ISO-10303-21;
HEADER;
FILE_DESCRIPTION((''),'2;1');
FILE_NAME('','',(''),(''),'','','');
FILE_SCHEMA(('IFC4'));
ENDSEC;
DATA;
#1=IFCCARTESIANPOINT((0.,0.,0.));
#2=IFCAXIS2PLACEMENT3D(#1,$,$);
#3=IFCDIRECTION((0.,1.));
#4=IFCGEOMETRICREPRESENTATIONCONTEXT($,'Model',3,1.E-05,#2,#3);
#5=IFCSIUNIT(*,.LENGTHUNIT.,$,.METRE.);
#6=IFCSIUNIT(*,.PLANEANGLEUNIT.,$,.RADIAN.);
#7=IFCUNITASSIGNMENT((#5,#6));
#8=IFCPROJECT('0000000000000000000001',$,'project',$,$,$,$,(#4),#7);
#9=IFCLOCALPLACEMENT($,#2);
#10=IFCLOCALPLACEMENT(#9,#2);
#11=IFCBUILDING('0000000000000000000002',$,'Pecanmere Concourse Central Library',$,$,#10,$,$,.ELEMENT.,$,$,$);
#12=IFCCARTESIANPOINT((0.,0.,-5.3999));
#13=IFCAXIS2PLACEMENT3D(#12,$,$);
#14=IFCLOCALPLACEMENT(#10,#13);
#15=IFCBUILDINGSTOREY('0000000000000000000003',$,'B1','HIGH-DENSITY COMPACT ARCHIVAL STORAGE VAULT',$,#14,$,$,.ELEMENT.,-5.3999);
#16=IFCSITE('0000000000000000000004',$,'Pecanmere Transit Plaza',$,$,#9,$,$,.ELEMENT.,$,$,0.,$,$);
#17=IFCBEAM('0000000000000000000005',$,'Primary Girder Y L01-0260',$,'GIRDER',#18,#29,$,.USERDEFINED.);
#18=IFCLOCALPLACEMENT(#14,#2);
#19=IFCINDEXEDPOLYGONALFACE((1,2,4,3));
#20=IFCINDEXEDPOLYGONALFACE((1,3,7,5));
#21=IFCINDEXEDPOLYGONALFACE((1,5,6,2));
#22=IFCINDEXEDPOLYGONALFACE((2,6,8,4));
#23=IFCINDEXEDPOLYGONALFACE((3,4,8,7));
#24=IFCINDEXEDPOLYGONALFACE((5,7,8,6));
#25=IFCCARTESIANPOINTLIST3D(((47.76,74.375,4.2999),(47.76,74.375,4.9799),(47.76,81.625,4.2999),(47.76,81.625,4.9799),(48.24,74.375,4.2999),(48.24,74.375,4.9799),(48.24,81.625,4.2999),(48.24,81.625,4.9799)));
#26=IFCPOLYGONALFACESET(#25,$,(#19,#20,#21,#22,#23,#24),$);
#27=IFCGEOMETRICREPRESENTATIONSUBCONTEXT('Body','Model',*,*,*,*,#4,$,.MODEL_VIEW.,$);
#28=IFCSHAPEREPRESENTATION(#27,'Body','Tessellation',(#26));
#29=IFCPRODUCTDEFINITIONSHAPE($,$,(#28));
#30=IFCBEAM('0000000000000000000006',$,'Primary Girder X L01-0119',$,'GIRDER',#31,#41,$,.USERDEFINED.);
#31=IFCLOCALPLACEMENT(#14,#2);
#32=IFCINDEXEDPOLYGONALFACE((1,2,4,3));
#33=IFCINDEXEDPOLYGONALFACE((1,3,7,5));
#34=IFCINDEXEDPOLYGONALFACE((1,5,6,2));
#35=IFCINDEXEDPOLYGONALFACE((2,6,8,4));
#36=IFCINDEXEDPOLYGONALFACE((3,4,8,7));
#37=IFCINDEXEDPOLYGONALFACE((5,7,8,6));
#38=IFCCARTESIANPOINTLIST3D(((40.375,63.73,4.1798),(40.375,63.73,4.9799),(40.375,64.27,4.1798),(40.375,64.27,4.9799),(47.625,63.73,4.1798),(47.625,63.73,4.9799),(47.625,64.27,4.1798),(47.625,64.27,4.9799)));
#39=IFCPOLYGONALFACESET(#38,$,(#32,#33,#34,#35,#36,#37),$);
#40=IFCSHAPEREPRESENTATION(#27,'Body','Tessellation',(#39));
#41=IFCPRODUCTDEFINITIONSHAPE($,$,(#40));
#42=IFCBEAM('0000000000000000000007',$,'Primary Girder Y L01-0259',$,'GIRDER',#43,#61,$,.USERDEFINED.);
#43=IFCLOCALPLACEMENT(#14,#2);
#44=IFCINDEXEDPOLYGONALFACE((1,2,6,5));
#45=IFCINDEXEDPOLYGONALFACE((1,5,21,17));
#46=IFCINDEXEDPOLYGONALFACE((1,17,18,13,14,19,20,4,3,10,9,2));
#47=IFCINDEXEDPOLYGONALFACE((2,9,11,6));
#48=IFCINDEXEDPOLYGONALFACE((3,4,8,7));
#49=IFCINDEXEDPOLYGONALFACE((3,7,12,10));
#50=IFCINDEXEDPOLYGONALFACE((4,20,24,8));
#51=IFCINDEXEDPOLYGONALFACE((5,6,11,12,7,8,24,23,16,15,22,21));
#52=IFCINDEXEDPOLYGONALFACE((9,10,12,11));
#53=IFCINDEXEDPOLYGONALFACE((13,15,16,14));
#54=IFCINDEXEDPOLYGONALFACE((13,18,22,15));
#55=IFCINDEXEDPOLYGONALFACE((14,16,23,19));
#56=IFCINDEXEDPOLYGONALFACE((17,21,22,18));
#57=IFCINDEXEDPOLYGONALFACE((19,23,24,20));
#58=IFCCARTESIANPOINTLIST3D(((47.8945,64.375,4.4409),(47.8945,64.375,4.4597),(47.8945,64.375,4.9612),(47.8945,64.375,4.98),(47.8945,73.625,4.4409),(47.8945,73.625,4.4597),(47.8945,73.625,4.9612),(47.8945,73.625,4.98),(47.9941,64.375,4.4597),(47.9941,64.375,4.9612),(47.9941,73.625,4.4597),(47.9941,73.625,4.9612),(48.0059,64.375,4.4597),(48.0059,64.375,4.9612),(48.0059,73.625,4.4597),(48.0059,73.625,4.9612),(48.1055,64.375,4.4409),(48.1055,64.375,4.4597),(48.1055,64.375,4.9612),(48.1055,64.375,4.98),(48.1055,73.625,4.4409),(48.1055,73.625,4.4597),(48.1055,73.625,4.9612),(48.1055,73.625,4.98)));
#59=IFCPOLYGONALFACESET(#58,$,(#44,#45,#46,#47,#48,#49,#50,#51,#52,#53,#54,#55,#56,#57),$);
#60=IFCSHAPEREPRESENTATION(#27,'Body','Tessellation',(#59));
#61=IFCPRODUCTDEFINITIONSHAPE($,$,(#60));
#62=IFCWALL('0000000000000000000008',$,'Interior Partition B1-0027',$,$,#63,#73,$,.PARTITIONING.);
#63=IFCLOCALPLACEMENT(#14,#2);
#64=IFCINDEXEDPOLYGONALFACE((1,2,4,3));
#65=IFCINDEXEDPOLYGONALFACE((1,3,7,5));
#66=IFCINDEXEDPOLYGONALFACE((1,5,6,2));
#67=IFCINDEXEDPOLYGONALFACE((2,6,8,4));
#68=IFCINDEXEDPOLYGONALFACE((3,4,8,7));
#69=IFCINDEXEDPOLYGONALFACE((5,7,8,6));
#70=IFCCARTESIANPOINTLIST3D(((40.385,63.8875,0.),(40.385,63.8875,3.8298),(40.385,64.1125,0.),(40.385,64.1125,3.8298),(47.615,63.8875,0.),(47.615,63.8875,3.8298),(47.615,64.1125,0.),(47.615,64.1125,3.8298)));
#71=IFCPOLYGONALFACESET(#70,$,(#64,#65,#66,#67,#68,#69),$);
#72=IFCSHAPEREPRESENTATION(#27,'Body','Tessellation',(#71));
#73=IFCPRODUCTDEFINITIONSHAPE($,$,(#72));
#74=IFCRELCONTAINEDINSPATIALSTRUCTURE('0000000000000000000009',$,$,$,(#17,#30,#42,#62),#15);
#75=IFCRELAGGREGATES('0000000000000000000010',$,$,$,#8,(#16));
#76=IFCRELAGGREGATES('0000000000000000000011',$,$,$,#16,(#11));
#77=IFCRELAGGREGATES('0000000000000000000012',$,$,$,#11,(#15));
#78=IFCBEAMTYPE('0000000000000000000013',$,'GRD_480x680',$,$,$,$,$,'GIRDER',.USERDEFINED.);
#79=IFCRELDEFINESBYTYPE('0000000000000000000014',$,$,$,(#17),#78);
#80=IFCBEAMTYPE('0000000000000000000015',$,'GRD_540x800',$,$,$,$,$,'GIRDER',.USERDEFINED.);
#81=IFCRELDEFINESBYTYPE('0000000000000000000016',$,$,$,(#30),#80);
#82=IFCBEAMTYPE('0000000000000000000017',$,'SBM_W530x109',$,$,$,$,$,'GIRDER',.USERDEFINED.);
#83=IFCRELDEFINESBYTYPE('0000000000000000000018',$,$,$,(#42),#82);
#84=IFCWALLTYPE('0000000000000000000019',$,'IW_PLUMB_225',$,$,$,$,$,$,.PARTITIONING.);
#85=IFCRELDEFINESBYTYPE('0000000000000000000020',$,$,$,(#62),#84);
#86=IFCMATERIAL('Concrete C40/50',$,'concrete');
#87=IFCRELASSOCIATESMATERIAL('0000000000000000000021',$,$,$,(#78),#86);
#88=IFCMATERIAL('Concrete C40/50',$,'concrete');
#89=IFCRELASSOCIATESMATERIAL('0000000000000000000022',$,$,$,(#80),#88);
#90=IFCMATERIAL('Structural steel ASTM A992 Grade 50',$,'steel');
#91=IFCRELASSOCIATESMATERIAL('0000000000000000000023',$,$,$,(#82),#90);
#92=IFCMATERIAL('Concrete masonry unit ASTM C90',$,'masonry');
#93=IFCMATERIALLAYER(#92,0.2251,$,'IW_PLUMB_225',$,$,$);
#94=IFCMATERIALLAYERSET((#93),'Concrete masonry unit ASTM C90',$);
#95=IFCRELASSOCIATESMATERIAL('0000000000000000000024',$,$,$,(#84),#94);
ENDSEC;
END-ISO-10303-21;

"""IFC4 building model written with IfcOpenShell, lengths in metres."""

from ifc_helpers import new_model, si_unit, direction, frame, frame_2d, origin, origin_2d, place, context, subcontext, project, spatial, rectangle, i_section, extrude, material, layer, layer_set, material_profile, profile_set, type_object, element, save


model = new_model("IFC4")

# Units and contexts
model_context = context("Model", 3, precision=1e-05, world=origin(), true_north=direction((0.0, 1.0)))
body_context = subcontext(model_context, "Body", "Model", "MODEL_VIEW")
ifc_project = project(units=[si_unit("LENGTHUNIT", "METRE"), si_unit("PLANEANGLEUNIT", "RADIAN")], contexts=[model_context])

# Site, building, storey
site_placement = place(None, origin())
site = spatial("IfcSite", under=ifc_project, at=site_placement, Name="Pecanmere Transit Plaza", CompositionType="ELEMENT", RefElevation=0.0)
building_placement = place(site_placement, origin())
building = spatial("IfcBuilding", under=site, at=building_placement, Name="Pecanmere Concourse Central Library", CompositionType="ELEMENT")
storey_placement = place(building_placement, frame((0.0, 0.0, -5.3999)))
storey = spatial("IfcBuildingStorey", under=building, at=storey_placement, Name="B1", Description="HIGH-DENSITY COMPACT ARCHIVAL STORAGE VAULT", CompositionType="ELEMENT", Elevation=-5.3999)

# Beams
ifc_material_1 = material(Name="Concrete C40/50", Category="concrete")
ifc_material_profile_1 = material_profile(ifc_material_1, rectangle(XDim=0.48, YDim=0.6799, at=origin_2d()), Name="RC 480x680")
ifc_profile_set_1 = profile_set([ifc_material_profile_1], Name="Concrete C40/50")
beam_type_1 = type_object("IfcBeamType", Name="GRD_480x680", ElementType="GIRDER", PredefinedType="USERDEFINED", material=ifc_profile_set_1)
beam_1_placement = place(storey_placement, frame((48.0, 74.375, 4.6399), z_axis=(0.0, 1.0, 0.0), x_axis=(-1.0, 0.0, 0.0)))
element("IfcBeam", 1, at=beam_1_placement, inside=storey, type_object=beam_type_1, Name="Primary Girder Y L01-0260", ObjectType="GIRDER", PredefinedType="USERDEFINED", context=body_context, shape_type="SweptSolid", body=[
    extrude(rectangle(XDim=0.48, YDim=0.6799, at=origin_2d()), origin(), (0.0, 0.0, 1.0), 7.25),
])
ifc_material_2 = material(Name="Concrete C40/50", Category="concrete")
ifc_material_profile_2 = material_profile(ifc_material_2, rectangle(XDim=0.54, YDim=0.8, at=origin_2d()), Name="RC 540x800")
ifc_profile_set_2 = profile_set([ifc_material_profile_2], Name="Concrete C40/50")
beam_type_2 = type_object("IfcBeamType", Name="GRD_540x800", ElementType="GIRDER", PredefinedType="USERDEFINED", material=ifc_profile_set_2)
beam_2_placement = place(storey_placement, frame((40.375, 64.0, 4.5798), z_axis=(1.0, 0.0, 0.0), x_axis=(0.0, 1.0, 0.0)))
element("IfcBeam", 2, at=beam_2_placement, inside=storey, type_object=beam_type_2, Name="Primary Girder X L01-0119", ObjectType="GIRDER", PredefinedType="USERDEFINED", context=body_context, shape_type="SweptSolid", body=[
    extrude(rectangle(XDim=0.54, YDim=0.8, at=origin_2d()), origin(), (0.0, 0.0, 1.0), 7.25),
])
ifc_material_3 = material(Name="Structural steel ASTM A992 Grade 50", Category="steel")
ifc_material_profile_3 = material_profile(ifc_material_3, i_section(OverallWidth=0.2109, OverallDepth=0.5391, WebThickness=0.0117, FlangeThickness=0.0188, at=origin_2d()), Name="W530x109")
ifc_profile_set_3 = profile_set([ifc_material_profile_3], Name="Structural steel ASTM A992 Grade 50")
beam_type_3 = type_object("IfcBeamType", Name="SBM_W530x109", ElementType="GIRDER", PredefinedType="USERDEFINED", material=ifc_profile_set_3)
beam_3_placement = place(storey_placement, frame((48.0, 64.375, 4.7104), z_axis=(0.0, 1.0, 0.0), x_axis=(-1.0, 0.0, 0.0)))
element("IfcBeam", 3, at=beam_3_placement, inside=storey, type_object=beam_type_3, Name="Primary Girder Y L01-0259", ObjectType="GIRDER", PredefinedType="USERDEFINED", context=body_context, shape_type="SweptSolid", body=[
    extrude(i_section(OverallWidth=0.2109, OverallDepth=0.5391, WebThickness=0.0117, FlangeThickness=0.0188, at=origin_2d()), origin(), (0.0, 0.0, 1.0), 9.25),
])

# Wall
ifc_material_4 = material(Name="Concrete masonry unit ASTM C90", Category="masonry")
ifc_layer = layer(ifc_material_4, 0.2251, Name="IW_PLUMB_225")
ifc_layer_set = layer_set([ifc_layer], Name="Concrete masonry unit ASTM C90")
wall_type = type_object("IfcWallType", Name="IW_PLUMB_225", PredefinedType="PARTITIONING", material=ifc_layer_set)
wall_placement = place(storey_placement, frame((40.385, 64.0, 0.0), z_axis=(0.0, 0.0, 1.0), x_axis=(1.0, 0.0, 0.0)))
element("IfcWall", 4, at=wall_placement, inside=storey, type_object=wall_type, Name="Interior Partition B1-0027", PredefinedType="PARTITIONING", context=body_context, shape_type="SweptSolid", body=[
    extrude(rectangle(XDim=7.23, YDim=0.2251, at=frame_2d((3.615, 0.0))), origin(), (0.0, 0.0, 1.0), 3.8298),
])

save(model, "model.ifc")
